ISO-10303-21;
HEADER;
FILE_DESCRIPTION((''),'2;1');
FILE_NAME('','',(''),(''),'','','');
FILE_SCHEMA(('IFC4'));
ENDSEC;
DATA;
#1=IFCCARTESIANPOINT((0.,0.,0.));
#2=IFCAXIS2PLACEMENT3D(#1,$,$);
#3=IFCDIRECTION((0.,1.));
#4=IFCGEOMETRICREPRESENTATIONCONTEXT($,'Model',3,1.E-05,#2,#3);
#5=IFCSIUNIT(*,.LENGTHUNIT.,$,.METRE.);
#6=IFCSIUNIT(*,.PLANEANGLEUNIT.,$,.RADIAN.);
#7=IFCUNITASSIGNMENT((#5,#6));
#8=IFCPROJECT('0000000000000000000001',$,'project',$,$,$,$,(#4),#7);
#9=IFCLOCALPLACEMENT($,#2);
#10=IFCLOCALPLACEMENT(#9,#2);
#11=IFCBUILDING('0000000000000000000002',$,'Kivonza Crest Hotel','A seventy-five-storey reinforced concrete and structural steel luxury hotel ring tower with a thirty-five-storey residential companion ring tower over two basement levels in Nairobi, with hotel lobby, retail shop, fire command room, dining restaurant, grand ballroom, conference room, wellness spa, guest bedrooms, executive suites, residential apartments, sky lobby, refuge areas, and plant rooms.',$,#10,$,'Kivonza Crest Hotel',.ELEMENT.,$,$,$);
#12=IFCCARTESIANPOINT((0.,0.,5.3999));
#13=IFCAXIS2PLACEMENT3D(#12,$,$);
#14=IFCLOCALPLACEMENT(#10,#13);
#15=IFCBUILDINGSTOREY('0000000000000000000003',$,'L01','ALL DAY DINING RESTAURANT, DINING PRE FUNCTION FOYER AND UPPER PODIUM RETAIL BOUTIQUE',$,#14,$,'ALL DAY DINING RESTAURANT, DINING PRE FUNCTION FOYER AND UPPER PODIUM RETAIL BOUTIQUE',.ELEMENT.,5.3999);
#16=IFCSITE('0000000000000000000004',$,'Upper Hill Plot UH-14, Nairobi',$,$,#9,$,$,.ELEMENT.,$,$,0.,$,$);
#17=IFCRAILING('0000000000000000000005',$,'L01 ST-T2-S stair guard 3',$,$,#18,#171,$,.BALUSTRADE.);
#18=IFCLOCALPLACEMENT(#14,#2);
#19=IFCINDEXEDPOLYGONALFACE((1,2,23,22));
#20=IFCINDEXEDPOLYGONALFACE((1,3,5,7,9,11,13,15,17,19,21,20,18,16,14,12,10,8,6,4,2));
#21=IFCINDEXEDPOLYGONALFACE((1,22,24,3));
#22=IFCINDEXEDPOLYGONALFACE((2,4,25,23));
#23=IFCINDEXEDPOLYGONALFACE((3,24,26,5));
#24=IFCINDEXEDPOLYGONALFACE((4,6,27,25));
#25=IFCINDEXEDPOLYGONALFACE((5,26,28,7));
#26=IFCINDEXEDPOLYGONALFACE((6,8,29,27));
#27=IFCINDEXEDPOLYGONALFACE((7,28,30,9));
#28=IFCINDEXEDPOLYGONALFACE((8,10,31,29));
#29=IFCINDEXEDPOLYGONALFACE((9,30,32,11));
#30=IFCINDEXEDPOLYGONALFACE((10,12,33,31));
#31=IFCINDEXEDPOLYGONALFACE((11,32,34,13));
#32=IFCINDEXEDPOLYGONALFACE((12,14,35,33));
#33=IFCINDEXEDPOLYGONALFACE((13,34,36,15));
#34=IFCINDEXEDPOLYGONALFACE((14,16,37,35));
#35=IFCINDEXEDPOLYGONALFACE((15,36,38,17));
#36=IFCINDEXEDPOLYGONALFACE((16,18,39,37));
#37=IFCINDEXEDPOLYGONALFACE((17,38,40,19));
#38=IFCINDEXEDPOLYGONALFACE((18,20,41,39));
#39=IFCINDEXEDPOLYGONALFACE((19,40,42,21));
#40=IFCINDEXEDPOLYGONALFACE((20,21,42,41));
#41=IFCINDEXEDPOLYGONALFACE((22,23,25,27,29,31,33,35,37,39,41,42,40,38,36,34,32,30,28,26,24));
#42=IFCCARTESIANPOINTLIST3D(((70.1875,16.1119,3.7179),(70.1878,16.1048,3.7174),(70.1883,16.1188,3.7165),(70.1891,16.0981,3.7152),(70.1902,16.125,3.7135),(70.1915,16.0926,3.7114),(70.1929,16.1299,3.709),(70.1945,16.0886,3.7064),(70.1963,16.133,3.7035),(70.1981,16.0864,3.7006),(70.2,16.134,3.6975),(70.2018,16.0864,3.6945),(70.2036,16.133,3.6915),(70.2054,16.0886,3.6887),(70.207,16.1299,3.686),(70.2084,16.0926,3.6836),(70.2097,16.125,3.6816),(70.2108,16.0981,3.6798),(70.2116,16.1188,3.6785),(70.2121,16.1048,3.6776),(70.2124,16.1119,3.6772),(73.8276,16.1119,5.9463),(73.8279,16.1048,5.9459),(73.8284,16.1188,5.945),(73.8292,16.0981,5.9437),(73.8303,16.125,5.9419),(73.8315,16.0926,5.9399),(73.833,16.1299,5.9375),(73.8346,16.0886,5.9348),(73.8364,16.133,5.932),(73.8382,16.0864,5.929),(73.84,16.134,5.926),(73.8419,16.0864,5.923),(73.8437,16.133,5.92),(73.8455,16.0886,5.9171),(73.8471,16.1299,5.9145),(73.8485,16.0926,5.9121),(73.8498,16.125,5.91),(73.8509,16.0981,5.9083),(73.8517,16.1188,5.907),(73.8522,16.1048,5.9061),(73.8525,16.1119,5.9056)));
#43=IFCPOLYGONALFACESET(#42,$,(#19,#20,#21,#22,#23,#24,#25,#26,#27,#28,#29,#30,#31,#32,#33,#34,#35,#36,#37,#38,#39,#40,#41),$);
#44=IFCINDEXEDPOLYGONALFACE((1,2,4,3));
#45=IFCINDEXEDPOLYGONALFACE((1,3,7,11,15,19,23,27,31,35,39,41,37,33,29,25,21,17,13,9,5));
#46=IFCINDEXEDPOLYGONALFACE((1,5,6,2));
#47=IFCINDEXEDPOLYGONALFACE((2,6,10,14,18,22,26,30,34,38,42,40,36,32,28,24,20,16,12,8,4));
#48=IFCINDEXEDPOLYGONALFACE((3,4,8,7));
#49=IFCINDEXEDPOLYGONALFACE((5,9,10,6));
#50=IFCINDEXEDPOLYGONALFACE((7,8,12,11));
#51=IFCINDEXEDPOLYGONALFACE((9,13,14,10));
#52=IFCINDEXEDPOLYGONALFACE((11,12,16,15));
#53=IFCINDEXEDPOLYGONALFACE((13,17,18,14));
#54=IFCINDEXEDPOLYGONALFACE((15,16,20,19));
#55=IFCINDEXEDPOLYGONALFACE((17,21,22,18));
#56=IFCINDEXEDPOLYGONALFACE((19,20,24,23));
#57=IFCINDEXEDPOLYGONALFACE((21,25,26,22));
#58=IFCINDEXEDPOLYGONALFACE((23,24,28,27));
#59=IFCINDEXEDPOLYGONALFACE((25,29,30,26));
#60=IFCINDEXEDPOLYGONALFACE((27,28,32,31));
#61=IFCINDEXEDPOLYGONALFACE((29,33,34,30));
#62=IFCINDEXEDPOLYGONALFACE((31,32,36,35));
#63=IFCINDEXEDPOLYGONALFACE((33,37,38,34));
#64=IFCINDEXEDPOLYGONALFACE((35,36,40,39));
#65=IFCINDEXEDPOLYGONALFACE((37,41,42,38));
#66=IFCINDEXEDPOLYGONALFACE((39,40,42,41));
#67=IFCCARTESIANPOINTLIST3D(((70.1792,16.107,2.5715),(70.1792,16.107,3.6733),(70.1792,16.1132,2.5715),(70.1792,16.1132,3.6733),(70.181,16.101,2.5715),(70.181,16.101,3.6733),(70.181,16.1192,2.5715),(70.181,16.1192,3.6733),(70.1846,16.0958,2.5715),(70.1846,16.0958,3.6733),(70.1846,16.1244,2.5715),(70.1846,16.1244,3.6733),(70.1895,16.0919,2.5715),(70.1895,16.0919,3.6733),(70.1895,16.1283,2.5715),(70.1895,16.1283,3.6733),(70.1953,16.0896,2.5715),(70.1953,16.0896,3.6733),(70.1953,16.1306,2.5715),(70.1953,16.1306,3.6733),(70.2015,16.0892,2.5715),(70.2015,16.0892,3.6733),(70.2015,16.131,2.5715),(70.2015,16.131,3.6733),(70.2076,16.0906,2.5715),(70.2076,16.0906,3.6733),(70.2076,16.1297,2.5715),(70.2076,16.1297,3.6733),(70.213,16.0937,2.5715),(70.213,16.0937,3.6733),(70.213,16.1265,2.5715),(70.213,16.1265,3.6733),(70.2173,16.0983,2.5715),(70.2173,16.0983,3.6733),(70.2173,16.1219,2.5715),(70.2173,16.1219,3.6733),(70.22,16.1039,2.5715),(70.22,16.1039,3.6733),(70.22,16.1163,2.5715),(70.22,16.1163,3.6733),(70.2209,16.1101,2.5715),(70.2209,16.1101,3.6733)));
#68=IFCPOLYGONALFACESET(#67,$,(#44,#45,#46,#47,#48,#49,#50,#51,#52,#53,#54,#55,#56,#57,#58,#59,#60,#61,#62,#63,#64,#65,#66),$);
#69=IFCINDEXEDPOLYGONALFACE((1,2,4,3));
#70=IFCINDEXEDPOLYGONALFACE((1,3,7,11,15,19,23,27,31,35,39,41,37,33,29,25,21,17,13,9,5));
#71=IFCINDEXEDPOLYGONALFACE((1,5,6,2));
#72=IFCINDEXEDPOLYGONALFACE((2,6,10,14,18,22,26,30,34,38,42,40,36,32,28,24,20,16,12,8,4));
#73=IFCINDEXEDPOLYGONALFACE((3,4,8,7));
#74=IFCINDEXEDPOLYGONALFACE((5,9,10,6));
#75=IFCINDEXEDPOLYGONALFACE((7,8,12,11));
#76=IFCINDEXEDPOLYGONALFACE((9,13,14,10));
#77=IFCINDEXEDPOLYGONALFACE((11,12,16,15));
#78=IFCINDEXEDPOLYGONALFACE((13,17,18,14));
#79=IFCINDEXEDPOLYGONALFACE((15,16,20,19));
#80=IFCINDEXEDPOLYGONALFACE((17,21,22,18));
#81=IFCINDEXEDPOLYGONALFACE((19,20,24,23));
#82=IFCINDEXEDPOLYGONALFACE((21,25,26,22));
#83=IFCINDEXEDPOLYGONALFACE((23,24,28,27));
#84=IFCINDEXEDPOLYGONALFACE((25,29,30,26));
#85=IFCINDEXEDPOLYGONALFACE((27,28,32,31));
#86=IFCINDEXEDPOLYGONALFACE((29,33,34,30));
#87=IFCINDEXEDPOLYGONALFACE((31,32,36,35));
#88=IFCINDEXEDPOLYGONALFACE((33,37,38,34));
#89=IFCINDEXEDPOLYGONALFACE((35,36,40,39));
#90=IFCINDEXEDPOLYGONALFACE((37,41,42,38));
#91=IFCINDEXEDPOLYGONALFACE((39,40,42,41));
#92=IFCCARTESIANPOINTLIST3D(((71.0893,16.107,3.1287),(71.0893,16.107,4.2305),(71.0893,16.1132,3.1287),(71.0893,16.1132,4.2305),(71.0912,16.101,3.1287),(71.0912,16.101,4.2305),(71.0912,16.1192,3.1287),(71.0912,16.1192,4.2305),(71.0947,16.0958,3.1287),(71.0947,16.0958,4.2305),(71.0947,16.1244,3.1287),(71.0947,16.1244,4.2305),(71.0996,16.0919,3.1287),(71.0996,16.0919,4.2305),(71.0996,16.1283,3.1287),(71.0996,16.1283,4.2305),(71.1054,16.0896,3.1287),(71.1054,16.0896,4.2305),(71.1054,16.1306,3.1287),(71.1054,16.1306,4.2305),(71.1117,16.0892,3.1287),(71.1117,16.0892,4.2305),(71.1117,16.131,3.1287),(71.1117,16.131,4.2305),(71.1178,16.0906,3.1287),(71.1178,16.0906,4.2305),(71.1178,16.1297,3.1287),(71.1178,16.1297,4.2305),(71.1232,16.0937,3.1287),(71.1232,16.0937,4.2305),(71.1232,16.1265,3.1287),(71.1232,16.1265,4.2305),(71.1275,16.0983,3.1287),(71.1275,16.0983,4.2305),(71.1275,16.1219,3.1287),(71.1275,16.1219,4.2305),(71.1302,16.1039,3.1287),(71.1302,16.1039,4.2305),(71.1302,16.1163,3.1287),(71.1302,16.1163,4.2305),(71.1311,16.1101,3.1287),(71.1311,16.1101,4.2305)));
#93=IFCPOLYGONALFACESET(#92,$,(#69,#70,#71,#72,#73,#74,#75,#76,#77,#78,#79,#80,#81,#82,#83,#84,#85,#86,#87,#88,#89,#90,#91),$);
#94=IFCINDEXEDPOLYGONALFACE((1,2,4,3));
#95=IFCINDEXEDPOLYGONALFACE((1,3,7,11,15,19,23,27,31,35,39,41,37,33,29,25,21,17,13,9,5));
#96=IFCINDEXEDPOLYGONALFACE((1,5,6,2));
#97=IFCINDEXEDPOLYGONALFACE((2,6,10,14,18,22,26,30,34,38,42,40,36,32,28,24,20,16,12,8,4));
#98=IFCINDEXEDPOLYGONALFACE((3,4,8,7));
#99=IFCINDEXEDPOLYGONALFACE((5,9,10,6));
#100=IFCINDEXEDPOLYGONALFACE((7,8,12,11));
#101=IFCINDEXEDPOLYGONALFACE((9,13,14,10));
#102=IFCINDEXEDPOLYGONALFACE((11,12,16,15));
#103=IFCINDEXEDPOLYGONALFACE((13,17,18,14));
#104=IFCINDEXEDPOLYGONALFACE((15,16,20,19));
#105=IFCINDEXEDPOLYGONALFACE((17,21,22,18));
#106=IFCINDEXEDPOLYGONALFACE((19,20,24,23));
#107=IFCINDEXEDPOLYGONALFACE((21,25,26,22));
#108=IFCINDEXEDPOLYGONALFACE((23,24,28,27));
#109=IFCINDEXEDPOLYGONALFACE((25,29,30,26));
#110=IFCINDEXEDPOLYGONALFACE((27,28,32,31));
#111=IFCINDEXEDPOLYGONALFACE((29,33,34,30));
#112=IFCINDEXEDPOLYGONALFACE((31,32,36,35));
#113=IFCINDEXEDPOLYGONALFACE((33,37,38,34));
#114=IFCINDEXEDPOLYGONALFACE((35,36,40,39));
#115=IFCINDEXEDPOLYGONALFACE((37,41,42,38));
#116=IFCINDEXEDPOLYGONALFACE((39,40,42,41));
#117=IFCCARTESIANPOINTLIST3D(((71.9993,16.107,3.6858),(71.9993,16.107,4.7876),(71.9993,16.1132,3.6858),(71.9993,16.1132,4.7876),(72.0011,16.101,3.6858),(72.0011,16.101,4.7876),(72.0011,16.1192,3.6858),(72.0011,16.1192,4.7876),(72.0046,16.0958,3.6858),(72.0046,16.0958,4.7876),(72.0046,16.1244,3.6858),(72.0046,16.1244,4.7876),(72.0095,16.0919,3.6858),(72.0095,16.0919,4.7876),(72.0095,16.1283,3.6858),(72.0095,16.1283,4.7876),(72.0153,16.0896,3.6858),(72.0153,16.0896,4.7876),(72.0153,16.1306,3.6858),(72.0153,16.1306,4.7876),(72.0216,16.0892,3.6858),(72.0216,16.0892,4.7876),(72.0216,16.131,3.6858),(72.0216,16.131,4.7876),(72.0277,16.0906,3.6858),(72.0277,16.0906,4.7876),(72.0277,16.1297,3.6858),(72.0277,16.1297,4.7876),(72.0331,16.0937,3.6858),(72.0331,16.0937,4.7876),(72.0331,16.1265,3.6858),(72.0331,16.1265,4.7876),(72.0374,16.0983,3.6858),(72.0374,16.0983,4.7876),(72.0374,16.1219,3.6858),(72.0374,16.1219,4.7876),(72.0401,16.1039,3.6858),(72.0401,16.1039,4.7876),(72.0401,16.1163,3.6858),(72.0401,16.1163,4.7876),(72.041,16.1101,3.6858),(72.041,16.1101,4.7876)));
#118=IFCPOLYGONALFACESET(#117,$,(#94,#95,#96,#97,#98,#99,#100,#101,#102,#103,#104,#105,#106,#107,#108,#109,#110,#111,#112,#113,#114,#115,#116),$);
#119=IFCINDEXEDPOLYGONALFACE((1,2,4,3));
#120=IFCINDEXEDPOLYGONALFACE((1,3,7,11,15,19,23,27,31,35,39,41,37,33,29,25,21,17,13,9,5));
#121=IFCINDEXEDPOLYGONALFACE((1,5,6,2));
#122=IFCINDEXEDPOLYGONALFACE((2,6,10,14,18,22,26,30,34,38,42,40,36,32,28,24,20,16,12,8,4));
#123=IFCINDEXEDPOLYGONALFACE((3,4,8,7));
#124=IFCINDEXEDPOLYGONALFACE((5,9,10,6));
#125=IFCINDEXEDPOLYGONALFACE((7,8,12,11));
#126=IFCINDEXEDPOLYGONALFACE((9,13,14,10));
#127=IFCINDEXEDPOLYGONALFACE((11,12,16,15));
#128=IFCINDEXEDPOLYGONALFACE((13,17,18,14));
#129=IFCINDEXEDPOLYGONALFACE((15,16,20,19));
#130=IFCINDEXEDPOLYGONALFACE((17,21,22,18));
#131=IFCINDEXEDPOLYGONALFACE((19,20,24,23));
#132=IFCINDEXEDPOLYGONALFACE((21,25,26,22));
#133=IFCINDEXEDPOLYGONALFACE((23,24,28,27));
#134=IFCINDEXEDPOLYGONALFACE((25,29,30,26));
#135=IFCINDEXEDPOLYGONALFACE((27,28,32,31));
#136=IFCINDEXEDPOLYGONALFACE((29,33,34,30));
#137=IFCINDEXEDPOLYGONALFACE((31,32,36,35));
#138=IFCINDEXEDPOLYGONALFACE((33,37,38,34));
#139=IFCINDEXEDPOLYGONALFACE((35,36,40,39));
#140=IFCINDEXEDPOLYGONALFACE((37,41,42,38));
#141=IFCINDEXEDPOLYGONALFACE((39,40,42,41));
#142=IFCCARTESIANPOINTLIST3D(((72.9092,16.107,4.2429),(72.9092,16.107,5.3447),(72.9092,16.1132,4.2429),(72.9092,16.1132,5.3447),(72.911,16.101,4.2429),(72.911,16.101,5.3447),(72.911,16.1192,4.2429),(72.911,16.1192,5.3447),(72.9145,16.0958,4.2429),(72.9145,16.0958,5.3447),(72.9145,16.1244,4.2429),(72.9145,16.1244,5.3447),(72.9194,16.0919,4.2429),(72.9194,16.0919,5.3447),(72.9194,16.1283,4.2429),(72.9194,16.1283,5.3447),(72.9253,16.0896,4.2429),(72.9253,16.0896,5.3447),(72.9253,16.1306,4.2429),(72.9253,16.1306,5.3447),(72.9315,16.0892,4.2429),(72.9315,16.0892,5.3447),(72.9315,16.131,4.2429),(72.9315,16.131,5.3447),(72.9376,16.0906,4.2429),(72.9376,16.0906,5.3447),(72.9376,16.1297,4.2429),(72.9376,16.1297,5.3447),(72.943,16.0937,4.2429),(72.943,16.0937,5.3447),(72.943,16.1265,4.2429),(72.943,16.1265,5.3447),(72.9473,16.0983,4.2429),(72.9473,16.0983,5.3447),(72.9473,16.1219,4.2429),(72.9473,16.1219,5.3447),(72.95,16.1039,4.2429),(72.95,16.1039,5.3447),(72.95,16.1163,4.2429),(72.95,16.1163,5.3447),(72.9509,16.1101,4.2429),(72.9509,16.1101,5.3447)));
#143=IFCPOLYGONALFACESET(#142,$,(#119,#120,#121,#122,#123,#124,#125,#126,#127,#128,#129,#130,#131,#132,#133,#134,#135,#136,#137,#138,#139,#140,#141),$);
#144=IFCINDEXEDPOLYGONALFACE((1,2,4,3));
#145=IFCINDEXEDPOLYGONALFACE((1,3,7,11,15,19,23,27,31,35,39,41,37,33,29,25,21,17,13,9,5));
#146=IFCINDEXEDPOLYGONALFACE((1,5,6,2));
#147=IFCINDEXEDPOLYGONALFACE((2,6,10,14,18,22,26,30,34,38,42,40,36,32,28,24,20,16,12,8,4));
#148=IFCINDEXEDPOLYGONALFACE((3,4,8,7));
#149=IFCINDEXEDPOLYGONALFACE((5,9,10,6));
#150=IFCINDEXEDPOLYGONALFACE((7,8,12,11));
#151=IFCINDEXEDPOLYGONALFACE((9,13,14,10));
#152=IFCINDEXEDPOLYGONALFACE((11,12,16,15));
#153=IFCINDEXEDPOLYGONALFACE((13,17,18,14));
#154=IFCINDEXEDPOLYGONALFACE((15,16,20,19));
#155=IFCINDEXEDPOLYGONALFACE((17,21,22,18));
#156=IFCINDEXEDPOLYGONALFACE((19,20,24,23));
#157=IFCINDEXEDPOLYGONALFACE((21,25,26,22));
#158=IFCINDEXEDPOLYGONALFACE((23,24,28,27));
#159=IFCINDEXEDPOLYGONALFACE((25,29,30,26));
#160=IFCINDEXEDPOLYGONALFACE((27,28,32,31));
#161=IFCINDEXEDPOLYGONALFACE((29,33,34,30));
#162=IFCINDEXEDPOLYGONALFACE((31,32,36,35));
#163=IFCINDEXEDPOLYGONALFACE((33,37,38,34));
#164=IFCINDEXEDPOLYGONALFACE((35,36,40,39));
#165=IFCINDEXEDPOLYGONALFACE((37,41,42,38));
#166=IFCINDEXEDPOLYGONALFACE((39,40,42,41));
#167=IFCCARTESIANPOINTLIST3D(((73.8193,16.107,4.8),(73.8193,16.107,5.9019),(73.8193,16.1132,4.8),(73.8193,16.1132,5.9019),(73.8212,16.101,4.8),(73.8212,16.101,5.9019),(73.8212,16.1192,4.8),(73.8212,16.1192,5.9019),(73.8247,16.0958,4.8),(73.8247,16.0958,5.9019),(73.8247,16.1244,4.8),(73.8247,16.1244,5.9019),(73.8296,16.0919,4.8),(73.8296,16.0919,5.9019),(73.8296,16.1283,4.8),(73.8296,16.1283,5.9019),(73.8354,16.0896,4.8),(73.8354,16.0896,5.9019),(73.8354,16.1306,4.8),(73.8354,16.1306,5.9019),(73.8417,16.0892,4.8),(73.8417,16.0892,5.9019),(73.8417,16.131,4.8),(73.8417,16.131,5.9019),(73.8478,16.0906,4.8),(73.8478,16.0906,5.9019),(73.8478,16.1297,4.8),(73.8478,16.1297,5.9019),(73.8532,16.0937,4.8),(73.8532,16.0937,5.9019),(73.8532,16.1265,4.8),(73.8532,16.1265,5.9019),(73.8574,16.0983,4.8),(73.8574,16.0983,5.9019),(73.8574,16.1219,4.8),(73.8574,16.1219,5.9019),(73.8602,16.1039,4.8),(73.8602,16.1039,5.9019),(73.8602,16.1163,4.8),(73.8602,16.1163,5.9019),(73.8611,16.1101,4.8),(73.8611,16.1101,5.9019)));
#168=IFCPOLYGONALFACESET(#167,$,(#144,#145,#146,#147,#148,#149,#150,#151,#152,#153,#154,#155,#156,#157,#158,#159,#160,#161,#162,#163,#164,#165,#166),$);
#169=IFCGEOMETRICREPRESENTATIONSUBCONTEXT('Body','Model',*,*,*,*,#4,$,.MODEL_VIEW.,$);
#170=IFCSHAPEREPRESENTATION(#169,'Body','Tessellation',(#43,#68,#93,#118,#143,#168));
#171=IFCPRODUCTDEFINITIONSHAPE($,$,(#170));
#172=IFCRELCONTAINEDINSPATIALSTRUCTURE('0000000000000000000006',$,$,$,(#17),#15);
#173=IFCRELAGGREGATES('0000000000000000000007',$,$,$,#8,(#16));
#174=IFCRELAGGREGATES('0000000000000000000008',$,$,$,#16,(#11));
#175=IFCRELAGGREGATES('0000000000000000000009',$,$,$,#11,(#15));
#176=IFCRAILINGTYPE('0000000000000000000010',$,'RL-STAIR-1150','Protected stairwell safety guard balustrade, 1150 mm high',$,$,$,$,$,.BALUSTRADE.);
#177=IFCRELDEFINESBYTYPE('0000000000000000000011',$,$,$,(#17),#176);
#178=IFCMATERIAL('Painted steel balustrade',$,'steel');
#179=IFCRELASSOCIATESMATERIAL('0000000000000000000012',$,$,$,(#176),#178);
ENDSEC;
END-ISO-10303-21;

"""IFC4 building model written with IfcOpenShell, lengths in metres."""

from ifc_helpers import new_model, si_unit, direction, frame, origin, origin_2d, place, context, subcontext, project, spatial, circle, extrude, material, type_object, element, save


model = new_model("IFC4")

# Units and contexts
model_context = context("Model", 3, precision=1e-05, world=origin(), true_north=direction((0.0, 1.0)))
body_context = subcontext(model_context, "Body", "Model", "MODEL_VIEW")
ifc_project = project(units=[si_unit("LENGTHUNIT", "METRE"), si_unit("PLANEANGLEUNIT", "RADIAN")], contexts=[model_context])

# Site, building, storey
site_placement = place(None, origin())
site = spatial("IfcSite", under=ifc_project, at=site_placement, Name="Upper Hill Plot UH-14, Nairobi", CompositionType="ELEMENT", RefElevation=0.0)
building_placement = place(site_placement, origin())
building = spatial("IfcBuilding", under=site, at=building_placement, Name="Kivonza Crest Hotel", Description="A seventy-five-storey reinforced concrete and structural steel luxury hotel ring tower with a thirty-five-storey residential companion ring tower over two basement levels in Nairobi, with hotel lobby, retail shop, fire command room, dining restaurant, grand ballroom, conference room, wellness spa, guest bedrooms, executive suites, residential apartments, sky lobby, refuge areas, and plant rooms.", LongName="Kivonza Crest Hotel", CompositionType="ELEMENT")
storey_placement = place(building_placement, frame((0.0, 0.0, 5.3999)))
storey = spatial("IfcBuildingStorey", under=building, at=storey_placement, Name="L01", Description="ALL DAY DINING RESTAURANT, DINING PRE FUNCTION FOYER AND UPPER PODIUM RETAIL BOUTIQUE", LongName="ALL DAY DINING RESTAURANT, DINING PRE FUNCTION FOYER AND UPPER PODIUM RETAIL BOUTIQUE", CompositionType="ELEMENT", Elevation=5.3999)

# Railing
ifc_material_1 = material(Name="Painted steel balustrade", Category="steel")
railing_type_1 = type_object("IfcRailingType", Name="RL-STAIR-1150", Description="Protected stairwell safety guard balustrade, 1150 mm high", PredefinedType="BALUSTRADE", material=ifc_material_1)
railing_1_placement = place(storey_placement, frame((70.2, 16.1101, 2.5715)))
element("IfcRailing", 1, at=railing_1_placement, inside=storey, type_object=railing_type_1, Name="L01 ST-T2-S stair guard 3", PredefinedType="BALUSTRADE", context=body_context, shape_type="SweptSolid", body=[
    extrude(circle(Radius=0.0239, at=origin_2d()), frame((0.0, 0.0, 1.126), z_axis=(0.852866, 0.0, 0.52213), x_axis=(0.0, 1.0, 0.0)), (0.0, 0.0, 1.0), 4.2681),
    extrude(circle(Radius=0.021, at=origin_2d()), origin(), (0.0, 0.0, 1.0), 1.1018),
    extrude(circle(Radius=0.021, at=origin_2d()), frame((0.9102, 0.0, 0.5571)), (0.0, 0.0, 1.0), 1.1018),
    extrude(circle(Radius=0.021, at=origin_2d()), frame((1.8201, 0.0, 1.1143)), (0.0, 0.0, 1.0), 1.1018),
    extrude(circle(Radius=0.021, at=origin_2d()), frame((2.73, 0.0, 1.6714)), (0.0, 0.0, 1.0), 1.1018),
    extrude(circle(Radius=0.021, at=origin_2d()), frame((3.6401, 0.0, 2.2285)), (0.0, 0.0, 1.0), 1.1018),
])

save(model, "model.ifc")
